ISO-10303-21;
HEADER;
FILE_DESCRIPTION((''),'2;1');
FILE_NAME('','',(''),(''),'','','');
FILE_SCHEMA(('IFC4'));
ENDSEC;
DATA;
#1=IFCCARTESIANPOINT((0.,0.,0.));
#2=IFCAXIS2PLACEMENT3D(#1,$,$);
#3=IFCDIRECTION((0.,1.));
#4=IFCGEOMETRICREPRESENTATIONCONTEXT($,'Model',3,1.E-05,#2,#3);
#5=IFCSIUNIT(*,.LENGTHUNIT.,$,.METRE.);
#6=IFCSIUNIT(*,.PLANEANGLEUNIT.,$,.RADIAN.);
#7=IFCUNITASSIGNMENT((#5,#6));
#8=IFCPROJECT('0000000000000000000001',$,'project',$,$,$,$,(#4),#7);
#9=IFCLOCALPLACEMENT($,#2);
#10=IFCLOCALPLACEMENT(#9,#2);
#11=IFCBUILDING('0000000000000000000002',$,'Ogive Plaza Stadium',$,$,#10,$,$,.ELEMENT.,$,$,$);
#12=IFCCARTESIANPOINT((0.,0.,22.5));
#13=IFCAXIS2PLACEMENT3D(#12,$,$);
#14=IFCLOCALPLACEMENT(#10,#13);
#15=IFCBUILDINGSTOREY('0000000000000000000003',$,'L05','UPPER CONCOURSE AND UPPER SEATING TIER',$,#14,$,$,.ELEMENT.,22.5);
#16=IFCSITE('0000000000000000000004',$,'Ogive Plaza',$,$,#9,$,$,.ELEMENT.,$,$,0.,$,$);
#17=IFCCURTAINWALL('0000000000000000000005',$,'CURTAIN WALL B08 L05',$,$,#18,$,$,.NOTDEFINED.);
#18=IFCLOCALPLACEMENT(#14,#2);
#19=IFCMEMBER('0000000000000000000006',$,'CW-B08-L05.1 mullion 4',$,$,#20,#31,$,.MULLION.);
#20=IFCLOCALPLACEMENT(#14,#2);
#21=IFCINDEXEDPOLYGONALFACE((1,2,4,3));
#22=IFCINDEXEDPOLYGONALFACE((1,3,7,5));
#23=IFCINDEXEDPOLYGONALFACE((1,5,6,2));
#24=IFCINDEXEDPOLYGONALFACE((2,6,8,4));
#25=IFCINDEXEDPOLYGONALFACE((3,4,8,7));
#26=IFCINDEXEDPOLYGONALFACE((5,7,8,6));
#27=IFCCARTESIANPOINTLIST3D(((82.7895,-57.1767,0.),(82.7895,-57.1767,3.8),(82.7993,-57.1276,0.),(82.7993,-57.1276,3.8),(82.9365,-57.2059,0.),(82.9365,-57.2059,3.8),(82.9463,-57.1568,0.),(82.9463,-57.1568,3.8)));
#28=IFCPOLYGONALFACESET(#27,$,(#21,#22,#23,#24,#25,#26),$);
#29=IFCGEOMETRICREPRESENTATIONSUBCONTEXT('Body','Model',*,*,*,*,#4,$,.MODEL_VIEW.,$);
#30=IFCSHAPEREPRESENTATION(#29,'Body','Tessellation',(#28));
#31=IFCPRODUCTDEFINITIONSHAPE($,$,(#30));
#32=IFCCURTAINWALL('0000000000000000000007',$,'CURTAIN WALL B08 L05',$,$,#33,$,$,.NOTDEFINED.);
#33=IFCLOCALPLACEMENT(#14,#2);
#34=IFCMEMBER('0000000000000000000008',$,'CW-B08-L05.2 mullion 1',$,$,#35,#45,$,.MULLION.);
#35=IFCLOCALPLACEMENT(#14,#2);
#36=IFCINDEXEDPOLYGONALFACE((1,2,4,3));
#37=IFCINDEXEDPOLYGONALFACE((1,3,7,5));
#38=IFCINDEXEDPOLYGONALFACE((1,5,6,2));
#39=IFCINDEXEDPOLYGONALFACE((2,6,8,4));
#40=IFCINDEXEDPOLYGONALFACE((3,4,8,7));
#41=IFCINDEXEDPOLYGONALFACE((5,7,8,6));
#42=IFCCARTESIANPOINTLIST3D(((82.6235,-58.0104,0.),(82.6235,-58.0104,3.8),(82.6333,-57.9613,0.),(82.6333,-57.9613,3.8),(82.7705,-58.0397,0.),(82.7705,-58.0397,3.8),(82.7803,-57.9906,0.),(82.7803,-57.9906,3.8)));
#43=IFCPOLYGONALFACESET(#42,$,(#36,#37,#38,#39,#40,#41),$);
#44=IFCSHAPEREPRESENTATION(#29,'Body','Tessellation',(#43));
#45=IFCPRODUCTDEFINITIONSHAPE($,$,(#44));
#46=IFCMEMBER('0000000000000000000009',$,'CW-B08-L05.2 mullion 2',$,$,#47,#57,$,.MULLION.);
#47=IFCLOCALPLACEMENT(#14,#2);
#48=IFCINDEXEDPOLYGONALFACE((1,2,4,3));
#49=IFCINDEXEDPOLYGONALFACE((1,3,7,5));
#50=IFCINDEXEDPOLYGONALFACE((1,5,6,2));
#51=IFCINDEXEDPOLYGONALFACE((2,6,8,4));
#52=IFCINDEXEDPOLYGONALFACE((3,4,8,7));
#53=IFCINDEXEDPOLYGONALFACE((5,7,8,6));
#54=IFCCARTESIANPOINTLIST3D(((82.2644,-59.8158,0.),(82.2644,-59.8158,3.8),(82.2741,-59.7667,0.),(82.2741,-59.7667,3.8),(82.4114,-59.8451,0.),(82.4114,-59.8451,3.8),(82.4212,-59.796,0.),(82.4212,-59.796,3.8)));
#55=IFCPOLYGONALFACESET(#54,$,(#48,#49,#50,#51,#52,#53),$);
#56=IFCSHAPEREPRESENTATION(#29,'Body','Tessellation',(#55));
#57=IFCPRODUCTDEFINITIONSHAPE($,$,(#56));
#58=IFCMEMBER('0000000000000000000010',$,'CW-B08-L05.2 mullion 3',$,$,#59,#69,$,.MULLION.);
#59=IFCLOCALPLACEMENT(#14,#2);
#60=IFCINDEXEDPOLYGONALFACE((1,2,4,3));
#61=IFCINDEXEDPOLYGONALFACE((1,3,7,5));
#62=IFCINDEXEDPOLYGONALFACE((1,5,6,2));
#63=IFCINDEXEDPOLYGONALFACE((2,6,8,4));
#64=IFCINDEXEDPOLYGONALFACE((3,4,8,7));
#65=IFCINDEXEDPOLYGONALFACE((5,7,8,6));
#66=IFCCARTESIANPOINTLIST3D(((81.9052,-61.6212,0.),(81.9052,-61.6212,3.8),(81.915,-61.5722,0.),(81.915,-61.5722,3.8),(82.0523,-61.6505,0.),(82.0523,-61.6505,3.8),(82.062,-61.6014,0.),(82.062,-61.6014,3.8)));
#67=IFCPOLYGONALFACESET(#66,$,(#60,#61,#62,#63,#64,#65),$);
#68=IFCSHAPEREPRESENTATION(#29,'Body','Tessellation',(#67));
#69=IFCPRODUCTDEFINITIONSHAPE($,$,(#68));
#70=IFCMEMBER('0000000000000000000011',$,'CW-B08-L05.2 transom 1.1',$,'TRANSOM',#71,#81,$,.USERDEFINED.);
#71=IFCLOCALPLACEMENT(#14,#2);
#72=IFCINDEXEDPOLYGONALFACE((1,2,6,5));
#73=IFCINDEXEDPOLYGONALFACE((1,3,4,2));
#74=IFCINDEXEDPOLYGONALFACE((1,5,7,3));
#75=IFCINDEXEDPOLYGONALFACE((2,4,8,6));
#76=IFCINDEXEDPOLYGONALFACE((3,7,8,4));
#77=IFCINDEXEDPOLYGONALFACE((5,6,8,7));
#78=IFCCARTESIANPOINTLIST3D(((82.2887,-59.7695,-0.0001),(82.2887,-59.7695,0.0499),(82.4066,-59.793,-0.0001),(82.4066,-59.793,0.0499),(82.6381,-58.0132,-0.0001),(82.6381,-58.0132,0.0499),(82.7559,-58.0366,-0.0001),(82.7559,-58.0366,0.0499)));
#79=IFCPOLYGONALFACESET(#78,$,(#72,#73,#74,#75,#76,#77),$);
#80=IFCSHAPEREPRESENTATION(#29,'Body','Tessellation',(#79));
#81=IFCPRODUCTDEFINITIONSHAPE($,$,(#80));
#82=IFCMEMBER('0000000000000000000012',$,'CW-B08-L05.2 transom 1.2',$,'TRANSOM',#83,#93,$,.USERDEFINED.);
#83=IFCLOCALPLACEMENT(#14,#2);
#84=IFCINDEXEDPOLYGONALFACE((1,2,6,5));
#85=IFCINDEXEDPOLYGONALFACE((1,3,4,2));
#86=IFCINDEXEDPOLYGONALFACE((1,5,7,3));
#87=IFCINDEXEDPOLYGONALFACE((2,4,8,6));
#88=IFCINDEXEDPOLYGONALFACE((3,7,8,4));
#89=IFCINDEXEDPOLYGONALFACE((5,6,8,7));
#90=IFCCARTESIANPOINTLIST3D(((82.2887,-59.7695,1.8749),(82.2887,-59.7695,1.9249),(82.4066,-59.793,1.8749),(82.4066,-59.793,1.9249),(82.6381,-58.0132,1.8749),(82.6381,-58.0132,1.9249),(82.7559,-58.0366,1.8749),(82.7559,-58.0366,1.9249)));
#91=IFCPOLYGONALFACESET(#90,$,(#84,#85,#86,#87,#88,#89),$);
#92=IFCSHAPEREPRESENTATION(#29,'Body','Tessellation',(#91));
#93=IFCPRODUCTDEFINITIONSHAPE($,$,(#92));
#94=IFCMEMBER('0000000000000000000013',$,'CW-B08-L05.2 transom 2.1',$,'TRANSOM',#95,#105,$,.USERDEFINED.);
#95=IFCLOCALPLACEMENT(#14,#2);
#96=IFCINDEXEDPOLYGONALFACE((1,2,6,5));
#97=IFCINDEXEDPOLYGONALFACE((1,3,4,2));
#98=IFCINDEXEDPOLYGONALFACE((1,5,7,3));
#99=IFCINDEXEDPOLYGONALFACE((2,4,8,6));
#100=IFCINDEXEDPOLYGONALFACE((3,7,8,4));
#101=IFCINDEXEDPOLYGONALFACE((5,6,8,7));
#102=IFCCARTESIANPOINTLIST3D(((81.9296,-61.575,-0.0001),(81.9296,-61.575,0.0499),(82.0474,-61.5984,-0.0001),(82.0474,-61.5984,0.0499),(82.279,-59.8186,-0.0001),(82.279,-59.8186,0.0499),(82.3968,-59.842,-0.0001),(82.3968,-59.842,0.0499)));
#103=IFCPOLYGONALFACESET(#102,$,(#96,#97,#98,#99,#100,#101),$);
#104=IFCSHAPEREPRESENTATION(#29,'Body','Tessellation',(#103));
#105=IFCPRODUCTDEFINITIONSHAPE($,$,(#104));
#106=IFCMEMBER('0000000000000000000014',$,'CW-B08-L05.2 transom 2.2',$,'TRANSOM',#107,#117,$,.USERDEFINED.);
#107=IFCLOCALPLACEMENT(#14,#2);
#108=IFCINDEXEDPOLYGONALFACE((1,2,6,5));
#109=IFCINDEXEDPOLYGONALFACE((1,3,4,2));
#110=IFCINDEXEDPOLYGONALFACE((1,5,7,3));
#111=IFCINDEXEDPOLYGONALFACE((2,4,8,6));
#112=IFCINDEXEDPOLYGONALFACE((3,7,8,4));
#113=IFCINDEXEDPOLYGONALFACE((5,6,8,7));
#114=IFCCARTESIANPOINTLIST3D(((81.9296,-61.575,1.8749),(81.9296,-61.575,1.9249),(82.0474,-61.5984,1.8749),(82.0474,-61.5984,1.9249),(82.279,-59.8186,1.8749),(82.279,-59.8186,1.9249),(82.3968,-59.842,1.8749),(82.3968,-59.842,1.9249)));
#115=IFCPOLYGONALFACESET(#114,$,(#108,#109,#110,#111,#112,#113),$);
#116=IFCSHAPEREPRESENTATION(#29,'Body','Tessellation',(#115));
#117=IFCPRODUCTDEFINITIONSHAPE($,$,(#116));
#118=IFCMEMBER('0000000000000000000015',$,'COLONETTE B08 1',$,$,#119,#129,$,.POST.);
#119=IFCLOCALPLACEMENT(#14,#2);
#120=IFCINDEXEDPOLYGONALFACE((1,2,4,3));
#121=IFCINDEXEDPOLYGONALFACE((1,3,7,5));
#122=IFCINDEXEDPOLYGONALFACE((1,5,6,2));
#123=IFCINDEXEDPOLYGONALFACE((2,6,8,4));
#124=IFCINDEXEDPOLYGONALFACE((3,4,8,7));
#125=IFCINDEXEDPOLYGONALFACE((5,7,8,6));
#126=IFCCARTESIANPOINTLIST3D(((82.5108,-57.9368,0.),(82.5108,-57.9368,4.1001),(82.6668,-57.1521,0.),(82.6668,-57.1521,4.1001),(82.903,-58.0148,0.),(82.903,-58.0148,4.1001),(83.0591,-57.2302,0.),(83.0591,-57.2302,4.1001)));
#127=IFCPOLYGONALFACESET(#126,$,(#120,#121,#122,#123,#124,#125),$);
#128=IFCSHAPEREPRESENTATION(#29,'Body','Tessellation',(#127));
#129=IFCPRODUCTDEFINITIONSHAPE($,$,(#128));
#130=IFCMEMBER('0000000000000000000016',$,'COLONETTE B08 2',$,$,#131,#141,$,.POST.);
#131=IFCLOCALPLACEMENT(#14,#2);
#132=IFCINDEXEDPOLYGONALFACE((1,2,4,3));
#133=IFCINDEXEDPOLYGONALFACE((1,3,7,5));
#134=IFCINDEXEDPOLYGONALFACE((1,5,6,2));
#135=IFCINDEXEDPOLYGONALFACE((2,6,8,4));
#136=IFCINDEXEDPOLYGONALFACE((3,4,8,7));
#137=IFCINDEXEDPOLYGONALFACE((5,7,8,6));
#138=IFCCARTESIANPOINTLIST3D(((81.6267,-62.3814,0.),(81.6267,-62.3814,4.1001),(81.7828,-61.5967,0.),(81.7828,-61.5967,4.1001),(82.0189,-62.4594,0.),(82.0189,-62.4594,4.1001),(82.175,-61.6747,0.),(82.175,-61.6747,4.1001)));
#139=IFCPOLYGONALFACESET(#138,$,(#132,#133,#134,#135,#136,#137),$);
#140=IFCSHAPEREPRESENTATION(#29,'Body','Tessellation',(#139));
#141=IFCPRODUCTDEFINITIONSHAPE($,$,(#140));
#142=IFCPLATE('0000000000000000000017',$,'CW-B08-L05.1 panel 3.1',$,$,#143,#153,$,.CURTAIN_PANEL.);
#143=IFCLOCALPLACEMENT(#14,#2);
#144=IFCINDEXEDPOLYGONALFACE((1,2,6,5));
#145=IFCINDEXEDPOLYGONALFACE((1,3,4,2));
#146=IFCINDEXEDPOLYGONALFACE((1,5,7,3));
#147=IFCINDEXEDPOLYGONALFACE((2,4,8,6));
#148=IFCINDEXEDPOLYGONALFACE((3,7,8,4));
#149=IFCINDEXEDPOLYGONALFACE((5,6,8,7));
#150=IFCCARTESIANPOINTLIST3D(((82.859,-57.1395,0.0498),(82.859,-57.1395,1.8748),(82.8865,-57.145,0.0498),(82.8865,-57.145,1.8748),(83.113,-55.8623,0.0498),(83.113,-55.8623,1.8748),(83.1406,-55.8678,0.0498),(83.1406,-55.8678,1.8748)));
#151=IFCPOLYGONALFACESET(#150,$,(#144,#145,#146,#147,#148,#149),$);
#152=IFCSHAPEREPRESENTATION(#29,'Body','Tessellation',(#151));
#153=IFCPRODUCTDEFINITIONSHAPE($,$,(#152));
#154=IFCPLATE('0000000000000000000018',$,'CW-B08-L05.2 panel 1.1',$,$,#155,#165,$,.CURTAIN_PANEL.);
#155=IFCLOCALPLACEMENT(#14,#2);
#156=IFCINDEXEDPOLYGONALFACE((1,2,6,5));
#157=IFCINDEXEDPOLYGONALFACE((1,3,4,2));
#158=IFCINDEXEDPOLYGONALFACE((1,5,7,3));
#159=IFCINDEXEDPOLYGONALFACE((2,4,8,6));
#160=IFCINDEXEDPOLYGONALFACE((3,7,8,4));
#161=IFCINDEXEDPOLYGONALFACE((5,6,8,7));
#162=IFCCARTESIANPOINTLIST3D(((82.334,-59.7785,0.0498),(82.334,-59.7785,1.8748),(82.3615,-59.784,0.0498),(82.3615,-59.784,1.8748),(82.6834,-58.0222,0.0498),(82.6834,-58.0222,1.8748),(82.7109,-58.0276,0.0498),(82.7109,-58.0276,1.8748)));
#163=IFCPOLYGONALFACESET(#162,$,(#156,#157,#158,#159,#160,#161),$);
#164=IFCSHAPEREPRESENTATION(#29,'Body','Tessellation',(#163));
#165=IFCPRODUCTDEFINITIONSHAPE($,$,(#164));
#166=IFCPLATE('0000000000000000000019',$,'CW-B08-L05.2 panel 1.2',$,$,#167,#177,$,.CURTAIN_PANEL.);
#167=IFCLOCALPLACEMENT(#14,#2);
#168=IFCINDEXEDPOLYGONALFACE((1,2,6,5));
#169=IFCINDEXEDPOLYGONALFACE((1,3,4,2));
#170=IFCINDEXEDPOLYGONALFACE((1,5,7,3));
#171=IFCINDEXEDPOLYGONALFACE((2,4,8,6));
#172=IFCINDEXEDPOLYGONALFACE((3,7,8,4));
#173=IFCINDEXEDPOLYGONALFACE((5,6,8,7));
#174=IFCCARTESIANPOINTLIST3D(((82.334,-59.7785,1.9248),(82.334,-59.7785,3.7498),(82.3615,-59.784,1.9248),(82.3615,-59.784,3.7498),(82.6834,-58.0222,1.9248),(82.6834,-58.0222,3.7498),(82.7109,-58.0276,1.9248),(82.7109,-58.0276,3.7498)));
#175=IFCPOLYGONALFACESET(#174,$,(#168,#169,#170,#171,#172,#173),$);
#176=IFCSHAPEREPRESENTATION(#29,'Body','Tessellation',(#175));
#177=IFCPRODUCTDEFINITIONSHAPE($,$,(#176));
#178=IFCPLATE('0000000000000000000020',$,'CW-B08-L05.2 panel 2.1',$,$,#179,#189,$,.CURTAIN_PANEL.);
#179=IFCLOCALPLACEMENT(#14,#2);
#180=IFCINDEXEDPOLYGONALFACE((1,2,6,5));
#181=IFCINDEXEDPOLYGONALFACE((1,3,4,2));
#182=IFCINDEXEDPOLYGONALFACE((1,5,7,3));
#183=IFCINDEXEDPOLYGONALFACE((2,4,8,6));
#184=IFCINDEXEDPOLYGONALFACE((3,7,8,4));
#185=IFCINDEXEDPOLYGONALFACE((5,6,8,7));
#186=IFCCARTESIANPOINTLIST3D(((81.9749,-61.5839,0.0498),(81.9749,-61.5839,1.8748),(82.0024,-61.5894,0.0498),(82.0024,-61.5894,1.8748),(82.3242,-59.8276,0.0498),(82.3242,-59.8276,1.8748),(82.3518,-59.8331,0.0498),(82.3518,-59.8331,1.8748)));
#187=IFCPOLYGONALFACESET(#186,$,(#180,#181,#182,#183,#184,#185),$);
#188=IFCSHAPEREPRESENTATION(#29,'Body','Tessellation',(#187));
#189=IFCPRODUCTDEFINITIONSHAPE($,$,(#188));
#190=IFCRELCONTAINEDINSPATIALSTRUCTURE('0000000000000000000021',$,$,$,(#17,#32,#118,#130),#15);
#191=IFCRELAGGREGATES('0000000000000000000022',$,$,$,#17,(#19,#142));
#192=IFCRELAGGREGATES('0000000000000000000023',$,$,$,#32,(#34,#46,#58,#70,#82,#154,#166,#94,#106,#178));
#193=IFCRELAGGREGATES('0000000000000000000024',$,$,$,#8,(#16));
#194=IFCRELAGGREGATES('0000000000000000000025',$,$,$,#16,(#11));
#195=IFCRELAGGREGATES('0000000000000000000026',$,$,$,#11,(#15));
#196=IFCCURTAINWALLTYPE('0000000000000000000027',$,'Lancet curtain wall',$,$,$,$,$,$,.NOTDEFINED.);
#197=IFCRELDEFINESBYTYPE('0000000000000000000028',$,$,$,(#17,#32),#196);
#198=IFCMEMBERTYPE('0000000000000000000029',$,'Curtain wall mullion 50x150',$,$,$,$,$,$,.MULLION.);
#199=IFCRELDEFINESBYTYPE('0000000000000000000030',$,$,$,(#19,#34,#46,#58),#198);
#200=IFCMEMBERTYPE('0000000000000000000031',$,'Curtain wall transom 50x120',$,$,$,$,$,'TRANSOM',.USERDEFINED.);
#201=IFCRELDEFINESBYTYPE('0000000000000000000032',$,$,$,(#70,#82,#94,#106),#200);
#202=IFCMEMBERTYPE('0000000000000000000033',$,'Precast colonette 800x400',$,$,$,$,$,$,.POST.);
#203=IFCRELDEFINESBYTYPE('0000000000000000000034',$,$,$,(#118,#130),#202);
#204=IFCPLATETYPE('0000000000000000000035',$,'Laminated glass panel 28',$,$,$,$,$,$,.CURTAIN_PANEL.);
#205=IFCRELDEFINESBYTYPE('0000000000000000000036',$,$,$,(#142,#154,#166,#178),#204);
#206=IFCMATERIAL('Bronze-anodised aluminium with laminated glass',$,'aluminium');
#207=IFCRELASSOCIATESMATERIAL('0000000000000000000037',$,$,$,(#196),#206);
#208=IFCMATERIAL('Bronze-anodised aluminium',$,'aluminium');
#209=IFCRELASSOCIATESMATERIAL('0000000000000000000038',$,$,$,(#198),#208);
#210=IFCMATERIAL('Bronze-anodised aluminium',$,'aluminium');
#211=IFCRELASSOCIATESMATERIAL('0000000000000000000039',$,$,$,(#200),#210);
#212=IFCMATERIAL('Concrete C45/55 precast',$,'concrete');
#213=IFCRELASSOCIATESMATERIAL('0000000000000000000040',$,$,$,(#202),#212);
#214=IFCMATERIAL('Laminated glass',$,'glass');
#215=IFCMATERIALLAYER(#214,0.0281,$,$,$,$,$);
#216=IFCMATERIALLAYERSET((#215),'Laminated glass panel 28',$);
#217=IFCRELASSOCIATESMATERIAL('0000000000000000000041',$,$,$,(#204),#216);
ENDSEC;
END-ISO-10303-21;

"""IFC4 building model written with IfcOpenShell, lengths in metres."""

from ifc_helpers import new_model, si_unit, direction, frame, origin, origin_2d, place, context, subcontext, project, spatial, rectangle, extrude, material, layer, layer_set, material_profile, profile_set, type_object, element, aggregate, save


model = new_model("IFC4")

# Units and contexts
model_context = context("Model", 3, precision=1e-05, world=origin(), true_north=direction((0.0, 1.0)))
body_context = subcontext(model_context, "Body", "Model", "MODEL_VIEW")
ifc_project = project(units=[si_unit("LENGTHUNIT", "METRE"), si_unit("PLANEANGLEUNIT", "RADIAN")], contexts=[model_context])

# Site, building, storey
site_placement = place(None, origin())
site = spatial("IfcSite", under=ifc_project, at=site_placement, Name="Ogive Plaza", CompositionType="ELEMENT", RefElevation=0.0)
building_placement = place(site_placement, origin())
building = spatial("IfcBuilding", under=site, at=building_placement, Name="Ogive Plaza Stadium", CompositionType="ELEMENT")
storey_placement = place(building_placement, frame((0.0, 0.0, 22.5)))
storey = spatial("IfcBuildingStorey", under=building, at=storey_placement, Name="L05", Description="UPPER CONCOURSE AND UPPER SEATING TIER", CompositionType="ELEMENT", Elevation=22.5)

# Curtain wall, member
ifc_material_1 = material(Name="Bronze-anodised aluminium with laminated glass", Category="aluminium")
curtain_wall_type = type_object("IfcCurtainWallType", Name="Lancet curtain wall", PredefinedType="NOTDEFINED", material=ifc_material_1)
curtain_wall_1_placement = place(storey_placement, origin())
curtain_wall_1 = element("IfcCurtainWall", 1, at=curtain_wall_1_placement, inside=storey, type_object=curtain_wall_type, Name="CURTAIN WALL B08 L05", PredefinedType="NOTDEFINED")
ifc_material_2 = material(Name="Bronze-anodised aluminium", Category="aluminium")
ifc_material_profile_1 = material_profile(ifc_material_2, rectangle(XDim=0.1499, YDim=0.05, at=origin_2d()), Name="AL 150x50")
ifc_profile_set_1 = profile_set([ifc_material_profile_1], Name="Bronze-anodised aluminium")
member_type_1 = type_object("IfcMemberType", Name="Curtain wall mullion 50x150", PredefinedType="MULLION", material=ifc_profile_set_1)
member_1_placement = place(storey_placement, frame((82.8679, -57.1667, 0.0), z_axis=(0.0, 0.0, 1.0), x_axis=(0.980785, -0.19509, 0.0)))
member_1 = element("IfcMember", 2, at=member_1_placement, type_object=member_type_1, Name="CW-B08-L05.1 mullion 4", PredefinedType="MULLION", context=body_context, shape_type="SweptSolid", body=[
    extrude(rectangle(XDim=0.1499, YDim=0.05, at=origin_2d()), origin(), (0.0, 0.0, 1.0), 3.8),
])

# Curtain wall, members
curtain_wall_2_placement = place(storey_placement, origin())
curtain_wall_2 = element("IfcCurtainWall", 3, at=curtain_wall_2_placement, inside=storey, type_object=curtain_wall_type, Name="CURTAIN WALL B08 L05", PredefinedType="NOTDEFINED")
member_2_placement = place(storey_placement, frame((82.7019, -58.0005, 0.0), z_axis=(0.0, 0.0, 1.0), x_axis=(0.980785, -0.19509, 0.0)))
member_2 = element("IfcMember", 4, at=member_2_placement, type_object=member_type_1, Name="CW-B08-L05.2 mullion 1", PredefinedType="MULLION", context=body_context, shape_type="SweptSolid", body=[
    extrude(rectangle(XDim=0.1499, YDim=0.05, at=origin_2d()), origin(), (0.0, 0.0, 1.0), 3.8),
])
member_3_placement = place(storey_placement, frame((82.3428, -59.8059, 0.0), z_axis=(0.0, 0.0, 1.0), x_axis=(0.980785, -0.19509, 0.0)))
member_3 = element("IfcMember", 5, at=member_3_placement, type_object=member_type_1, Name="CW-B08-L05.2 mullion 2", PredefinedType="MULLION", context=body_context, shape_type="SweptSolid", body=[
    extrude(rectangle(XDim=0.1499, YDim=0.05, at=origin_2d()), origin(), (0.0, 0.0, 1.0), 3.8),
])
member_4_placement = place(storey_placement, frame((81.9836, -61.6113, 0.0), z_axis=(0.0, 0.0, 1.0), x_axis=(0.980785, -0.19509, 0.0)))
member_4 = element("IfcMember", 6, at=member_4_placement, type_object=member_type_1, Name="CW-B08-L05.2 mullion 3", PredefinedType="MULLION", context=body_context, shape_type="SweptSolid", body=[
    extrude(rectangle(XDim=0.1499, YDim=0.05, at=origin_2d()), origin(), (0.0, 0.0, 1.0), 3.8),
])
ifc_material_3 = material(Name="Bronze-anodised aluminium", Category="aluminium")
ifc_material_profile_2 = material_profile(ifc_material_3, rectangle(XDim=0.1201, YDim=0.05, at=origin_2d()), Name="AL 120x50")
ifc_profile_set_2 = profile_set([ifc_material_profile_2], Name="Bronze-anodised aluminium")
member_type_2 = type_object("IfcMemberType", Name="Curtain wall transom 50x120", ElementType="TRANSOM", PredefinedType="USERDEFINED", material=ifc_profile_set_2)
member_5_placement = place(storey_placement, frame((82.697, -58.0249, 0.0249), z_axis=(-0.195094, -0.980785, 0.0), x_axis=(0.980785, -0.195094, 0.0)))
member_5 = element("IfcMember", 7, at=member_5_placement, type_object=member_type_2, Name="CW-B08-L05.2 transom 1.1", ObjectType="TRANSOM", PredefinedType="USERDEFINED", context=body_context, shape_type="SweptSolid", body=[
    extrude(rectangle(XDim=0.1201, YDim=0.05, at=origin_2d()), origin(), (0.0, 0.0, 1.0), 1.7908),
])
member_6_placement = place(storey_placement, frame((82.697, -58.0249, 1.8999), z_axis=(-0.195094, -0.980785, 0.0), x_axis=(0.980785, -0.195094, 0.0)))
member_6 = element("IfcMember", 8, at=member_6_placement, type_object=member_type_2, Name="CW-B08-L05.2 transom 1.2", ObjectType="TRANSOM", PredefinedType="USERDEFINED", context=body_context, shape_type="SweptSolid", body=[
    extrude(rectangle(XDim=0.1201, YDim=0.05, at=origin_2d()), origin(), (0.0, 0.0, 1.0), 1.7908),
])
member_7_placement = place(storey_placement, frame((82.3379, -59.8303, 0.0249), z_axis=(-0.195094, -0.980785, 0.0), x_axis=(0.980785, -0.195094, 0.0)))
member_7 = element("IfcMember", 9, at=member_7_placement, type_object=member_type_2, Name="CW-B08-L05.2 transom 2.1", ObjectType="TRANSOM", PredefinedType="USERDEFINED", context=body_context, shape_type="SweptSolid", body=[
    extrude(rectangle(XDim=0.1201, YDim=0.05, at=origin_2d()), origin(), (0.0, 0.0, 1.0), 1.7908),
])
member_8_placement = place(storey_placement, frame((82.3379, -59.8303, 1.8999), z_axis=(-0.195094, -0.980785, 0.0), x_axis=(0.980785, -0.195094, 0.0)))
member_8 = element("IfcMember", 10, at=member_8_placement, type_object=member_type_2, Name="CW-B08-L05.2 transom 2.2", ObjectType="TRANSOM", PredefinedType="USERDEFINED", context=body_context, shape_type="SweptSolid", body=[
    extrude(rectangle(XDim=0.1201, YDim=0.05, at=origin_2d()), origin(), (0.0, 0.0, 1.0), 1.7908),
])

# Members
ifc_material_4 = material(Name="Concrete C45/55 precast", Category="concrete")
ifc_material_profile_3 = material_profile(ifc_material_4, rectangle(XDim=0.3999, YDim=0.8, at=origin_2d()), Name="RC 400x800")
ifc_profile_set_3 = profile_set([ifc_material_profile_3], Name="Concrete C45/55 precast")
member_type_3 = type_object("IfcMemberType", Name="Precast colonette 800x400", PredefinedType="POST", material=ifc_profile_set_3)
for number, where, z_axis, x_axis, name in (
    (11, (82.7849, -57.5835, 0.0), (0.0, 0.0, 1.0), (0.980785, -0.19509, 0.0), "COLONETTE B08 1"),
    (12, (81.9009, -62.0281, 0.0), (0.0, 0.0, 1.0), (0.980785, -0.19509, 0.0), "COLONETTE B08 2"),
):
    element("IfcMember", number, at=place(storey_placement, frame(where, z_axis=z_axis, x_axis=x_axis)), inside=storey, type_object=member_type_3, Name=name, PredefinedType="POST", context=body_context, shape_type="SweptSolid", body=[
        extrude(rectangle(XDim=0.3999, YDim=0.8, at=origin_2d()), origin(), (0.0, 0.0, 1.0), 4.1001),
    ])

# Plates
ifc_material_5 = material(Name="Laminated glass", Category="glass")
ifc_layer_1 = layer(ifc_material_5, 0.0281)
ifc_layer_set_1 = layer_set([ifc_layer_1], Name="Laminated glass panel 28")
plate_type = type_object("IfcPlateType", Name="Laminated glass panel 28", PredefinedType="CURTAIN_PANEL", material=ifc_layer_set_1)
plate_1_placement = place(storey_placement, frame((82.9998, -56.5037, 0.0498), z_axis=(0.0, 0.0, 1.0), x_axis=(-0.19509, -0.980785, 0.0)))
plate_1 = element("IfcPlate", 13, at=plate_1_placement, type_object=plate_type, Name="CW-B08-L05.1 panel 3.1", PredefinedType="CURTAIN_PANEL", context=body_context, shape_type="SweptSolid", body=[
    extrude(rectangle(XDim=1.3022, YDim=0.0281, at=origin_2d()), origin(), (0.0, 0.0, 1.0), 1.825),
])
aggregate(curtain_wall_1, [member_1, plate_1])
plate_2_placement = place(storey_placement, frame((82.5225, -58.9031, 0.0498), z_axis=(0.0, 0.0, 1.0), x_axis=(-0.19509, -0.980785, 0.0)))
plate_2 = element("IfcPlate", 14, at=plate_2_placement, type_object=plate_type, Name="CW-B08-L05.2 panel 1.1", PredefinedType="CURTAIN_PANEL", context=body_context, shape_type="SweptSolid", body=[
    extrude(rectangle(XDim=1.7908, YDim=0.0281, at=origin_2d()), origin(), (0.0, 0.0, 1.0), 1.825),
])
plate_3_placement = place(storey_placement, frame((82.5225, -58.9031, 1.9248), z_axis=(0.0, 0.0, 1.0), x_axis=(-0.19509, -0.980785, 0.0)))
plate_3 = element("IfcPlate", 15, at=plate_3_placement, type_object=plate_type, Name="CW-B08-L05.2 panel 1.2", PredefinedType="CURTAIN_PANEL", context=body_context, shape_type="SweptSolid", body=[
    extrude(rectangle(XDim=1.7908, YDim=0.0281, at=origin_2d()), origin(), (0.0, 0.0, 1.0), 1.825),
])
plate_4_placement = place(storey_placement, frame((82.1633, -60.7085, 0.0498), z_axis=(0.0, 0.0, 1.0), x_axis=(-0.19509, -0.980785, 0.0)))
plate_4 = element("IfcPlate", 16, at=plate_4_placement, type_object=plate_type, Name="CW-B08-L05.2 panel 2.1", PredefinedType="CURTAIN_PANEL", context=body_context, shape_type="SweptSolid", body=[
    extrude(rectangle(XDim=1.7908, YDim=0.0281, at=origin_2d()), origin(), (0.0, 0.0, 1.0), 1.825),
])
aggregate(curtain_wall_2, [member_2, member_3, member_4, member_5, member_6, plate_2, plate_3, member_7, member_8, plate_4])

save(model, "model.ifc")
